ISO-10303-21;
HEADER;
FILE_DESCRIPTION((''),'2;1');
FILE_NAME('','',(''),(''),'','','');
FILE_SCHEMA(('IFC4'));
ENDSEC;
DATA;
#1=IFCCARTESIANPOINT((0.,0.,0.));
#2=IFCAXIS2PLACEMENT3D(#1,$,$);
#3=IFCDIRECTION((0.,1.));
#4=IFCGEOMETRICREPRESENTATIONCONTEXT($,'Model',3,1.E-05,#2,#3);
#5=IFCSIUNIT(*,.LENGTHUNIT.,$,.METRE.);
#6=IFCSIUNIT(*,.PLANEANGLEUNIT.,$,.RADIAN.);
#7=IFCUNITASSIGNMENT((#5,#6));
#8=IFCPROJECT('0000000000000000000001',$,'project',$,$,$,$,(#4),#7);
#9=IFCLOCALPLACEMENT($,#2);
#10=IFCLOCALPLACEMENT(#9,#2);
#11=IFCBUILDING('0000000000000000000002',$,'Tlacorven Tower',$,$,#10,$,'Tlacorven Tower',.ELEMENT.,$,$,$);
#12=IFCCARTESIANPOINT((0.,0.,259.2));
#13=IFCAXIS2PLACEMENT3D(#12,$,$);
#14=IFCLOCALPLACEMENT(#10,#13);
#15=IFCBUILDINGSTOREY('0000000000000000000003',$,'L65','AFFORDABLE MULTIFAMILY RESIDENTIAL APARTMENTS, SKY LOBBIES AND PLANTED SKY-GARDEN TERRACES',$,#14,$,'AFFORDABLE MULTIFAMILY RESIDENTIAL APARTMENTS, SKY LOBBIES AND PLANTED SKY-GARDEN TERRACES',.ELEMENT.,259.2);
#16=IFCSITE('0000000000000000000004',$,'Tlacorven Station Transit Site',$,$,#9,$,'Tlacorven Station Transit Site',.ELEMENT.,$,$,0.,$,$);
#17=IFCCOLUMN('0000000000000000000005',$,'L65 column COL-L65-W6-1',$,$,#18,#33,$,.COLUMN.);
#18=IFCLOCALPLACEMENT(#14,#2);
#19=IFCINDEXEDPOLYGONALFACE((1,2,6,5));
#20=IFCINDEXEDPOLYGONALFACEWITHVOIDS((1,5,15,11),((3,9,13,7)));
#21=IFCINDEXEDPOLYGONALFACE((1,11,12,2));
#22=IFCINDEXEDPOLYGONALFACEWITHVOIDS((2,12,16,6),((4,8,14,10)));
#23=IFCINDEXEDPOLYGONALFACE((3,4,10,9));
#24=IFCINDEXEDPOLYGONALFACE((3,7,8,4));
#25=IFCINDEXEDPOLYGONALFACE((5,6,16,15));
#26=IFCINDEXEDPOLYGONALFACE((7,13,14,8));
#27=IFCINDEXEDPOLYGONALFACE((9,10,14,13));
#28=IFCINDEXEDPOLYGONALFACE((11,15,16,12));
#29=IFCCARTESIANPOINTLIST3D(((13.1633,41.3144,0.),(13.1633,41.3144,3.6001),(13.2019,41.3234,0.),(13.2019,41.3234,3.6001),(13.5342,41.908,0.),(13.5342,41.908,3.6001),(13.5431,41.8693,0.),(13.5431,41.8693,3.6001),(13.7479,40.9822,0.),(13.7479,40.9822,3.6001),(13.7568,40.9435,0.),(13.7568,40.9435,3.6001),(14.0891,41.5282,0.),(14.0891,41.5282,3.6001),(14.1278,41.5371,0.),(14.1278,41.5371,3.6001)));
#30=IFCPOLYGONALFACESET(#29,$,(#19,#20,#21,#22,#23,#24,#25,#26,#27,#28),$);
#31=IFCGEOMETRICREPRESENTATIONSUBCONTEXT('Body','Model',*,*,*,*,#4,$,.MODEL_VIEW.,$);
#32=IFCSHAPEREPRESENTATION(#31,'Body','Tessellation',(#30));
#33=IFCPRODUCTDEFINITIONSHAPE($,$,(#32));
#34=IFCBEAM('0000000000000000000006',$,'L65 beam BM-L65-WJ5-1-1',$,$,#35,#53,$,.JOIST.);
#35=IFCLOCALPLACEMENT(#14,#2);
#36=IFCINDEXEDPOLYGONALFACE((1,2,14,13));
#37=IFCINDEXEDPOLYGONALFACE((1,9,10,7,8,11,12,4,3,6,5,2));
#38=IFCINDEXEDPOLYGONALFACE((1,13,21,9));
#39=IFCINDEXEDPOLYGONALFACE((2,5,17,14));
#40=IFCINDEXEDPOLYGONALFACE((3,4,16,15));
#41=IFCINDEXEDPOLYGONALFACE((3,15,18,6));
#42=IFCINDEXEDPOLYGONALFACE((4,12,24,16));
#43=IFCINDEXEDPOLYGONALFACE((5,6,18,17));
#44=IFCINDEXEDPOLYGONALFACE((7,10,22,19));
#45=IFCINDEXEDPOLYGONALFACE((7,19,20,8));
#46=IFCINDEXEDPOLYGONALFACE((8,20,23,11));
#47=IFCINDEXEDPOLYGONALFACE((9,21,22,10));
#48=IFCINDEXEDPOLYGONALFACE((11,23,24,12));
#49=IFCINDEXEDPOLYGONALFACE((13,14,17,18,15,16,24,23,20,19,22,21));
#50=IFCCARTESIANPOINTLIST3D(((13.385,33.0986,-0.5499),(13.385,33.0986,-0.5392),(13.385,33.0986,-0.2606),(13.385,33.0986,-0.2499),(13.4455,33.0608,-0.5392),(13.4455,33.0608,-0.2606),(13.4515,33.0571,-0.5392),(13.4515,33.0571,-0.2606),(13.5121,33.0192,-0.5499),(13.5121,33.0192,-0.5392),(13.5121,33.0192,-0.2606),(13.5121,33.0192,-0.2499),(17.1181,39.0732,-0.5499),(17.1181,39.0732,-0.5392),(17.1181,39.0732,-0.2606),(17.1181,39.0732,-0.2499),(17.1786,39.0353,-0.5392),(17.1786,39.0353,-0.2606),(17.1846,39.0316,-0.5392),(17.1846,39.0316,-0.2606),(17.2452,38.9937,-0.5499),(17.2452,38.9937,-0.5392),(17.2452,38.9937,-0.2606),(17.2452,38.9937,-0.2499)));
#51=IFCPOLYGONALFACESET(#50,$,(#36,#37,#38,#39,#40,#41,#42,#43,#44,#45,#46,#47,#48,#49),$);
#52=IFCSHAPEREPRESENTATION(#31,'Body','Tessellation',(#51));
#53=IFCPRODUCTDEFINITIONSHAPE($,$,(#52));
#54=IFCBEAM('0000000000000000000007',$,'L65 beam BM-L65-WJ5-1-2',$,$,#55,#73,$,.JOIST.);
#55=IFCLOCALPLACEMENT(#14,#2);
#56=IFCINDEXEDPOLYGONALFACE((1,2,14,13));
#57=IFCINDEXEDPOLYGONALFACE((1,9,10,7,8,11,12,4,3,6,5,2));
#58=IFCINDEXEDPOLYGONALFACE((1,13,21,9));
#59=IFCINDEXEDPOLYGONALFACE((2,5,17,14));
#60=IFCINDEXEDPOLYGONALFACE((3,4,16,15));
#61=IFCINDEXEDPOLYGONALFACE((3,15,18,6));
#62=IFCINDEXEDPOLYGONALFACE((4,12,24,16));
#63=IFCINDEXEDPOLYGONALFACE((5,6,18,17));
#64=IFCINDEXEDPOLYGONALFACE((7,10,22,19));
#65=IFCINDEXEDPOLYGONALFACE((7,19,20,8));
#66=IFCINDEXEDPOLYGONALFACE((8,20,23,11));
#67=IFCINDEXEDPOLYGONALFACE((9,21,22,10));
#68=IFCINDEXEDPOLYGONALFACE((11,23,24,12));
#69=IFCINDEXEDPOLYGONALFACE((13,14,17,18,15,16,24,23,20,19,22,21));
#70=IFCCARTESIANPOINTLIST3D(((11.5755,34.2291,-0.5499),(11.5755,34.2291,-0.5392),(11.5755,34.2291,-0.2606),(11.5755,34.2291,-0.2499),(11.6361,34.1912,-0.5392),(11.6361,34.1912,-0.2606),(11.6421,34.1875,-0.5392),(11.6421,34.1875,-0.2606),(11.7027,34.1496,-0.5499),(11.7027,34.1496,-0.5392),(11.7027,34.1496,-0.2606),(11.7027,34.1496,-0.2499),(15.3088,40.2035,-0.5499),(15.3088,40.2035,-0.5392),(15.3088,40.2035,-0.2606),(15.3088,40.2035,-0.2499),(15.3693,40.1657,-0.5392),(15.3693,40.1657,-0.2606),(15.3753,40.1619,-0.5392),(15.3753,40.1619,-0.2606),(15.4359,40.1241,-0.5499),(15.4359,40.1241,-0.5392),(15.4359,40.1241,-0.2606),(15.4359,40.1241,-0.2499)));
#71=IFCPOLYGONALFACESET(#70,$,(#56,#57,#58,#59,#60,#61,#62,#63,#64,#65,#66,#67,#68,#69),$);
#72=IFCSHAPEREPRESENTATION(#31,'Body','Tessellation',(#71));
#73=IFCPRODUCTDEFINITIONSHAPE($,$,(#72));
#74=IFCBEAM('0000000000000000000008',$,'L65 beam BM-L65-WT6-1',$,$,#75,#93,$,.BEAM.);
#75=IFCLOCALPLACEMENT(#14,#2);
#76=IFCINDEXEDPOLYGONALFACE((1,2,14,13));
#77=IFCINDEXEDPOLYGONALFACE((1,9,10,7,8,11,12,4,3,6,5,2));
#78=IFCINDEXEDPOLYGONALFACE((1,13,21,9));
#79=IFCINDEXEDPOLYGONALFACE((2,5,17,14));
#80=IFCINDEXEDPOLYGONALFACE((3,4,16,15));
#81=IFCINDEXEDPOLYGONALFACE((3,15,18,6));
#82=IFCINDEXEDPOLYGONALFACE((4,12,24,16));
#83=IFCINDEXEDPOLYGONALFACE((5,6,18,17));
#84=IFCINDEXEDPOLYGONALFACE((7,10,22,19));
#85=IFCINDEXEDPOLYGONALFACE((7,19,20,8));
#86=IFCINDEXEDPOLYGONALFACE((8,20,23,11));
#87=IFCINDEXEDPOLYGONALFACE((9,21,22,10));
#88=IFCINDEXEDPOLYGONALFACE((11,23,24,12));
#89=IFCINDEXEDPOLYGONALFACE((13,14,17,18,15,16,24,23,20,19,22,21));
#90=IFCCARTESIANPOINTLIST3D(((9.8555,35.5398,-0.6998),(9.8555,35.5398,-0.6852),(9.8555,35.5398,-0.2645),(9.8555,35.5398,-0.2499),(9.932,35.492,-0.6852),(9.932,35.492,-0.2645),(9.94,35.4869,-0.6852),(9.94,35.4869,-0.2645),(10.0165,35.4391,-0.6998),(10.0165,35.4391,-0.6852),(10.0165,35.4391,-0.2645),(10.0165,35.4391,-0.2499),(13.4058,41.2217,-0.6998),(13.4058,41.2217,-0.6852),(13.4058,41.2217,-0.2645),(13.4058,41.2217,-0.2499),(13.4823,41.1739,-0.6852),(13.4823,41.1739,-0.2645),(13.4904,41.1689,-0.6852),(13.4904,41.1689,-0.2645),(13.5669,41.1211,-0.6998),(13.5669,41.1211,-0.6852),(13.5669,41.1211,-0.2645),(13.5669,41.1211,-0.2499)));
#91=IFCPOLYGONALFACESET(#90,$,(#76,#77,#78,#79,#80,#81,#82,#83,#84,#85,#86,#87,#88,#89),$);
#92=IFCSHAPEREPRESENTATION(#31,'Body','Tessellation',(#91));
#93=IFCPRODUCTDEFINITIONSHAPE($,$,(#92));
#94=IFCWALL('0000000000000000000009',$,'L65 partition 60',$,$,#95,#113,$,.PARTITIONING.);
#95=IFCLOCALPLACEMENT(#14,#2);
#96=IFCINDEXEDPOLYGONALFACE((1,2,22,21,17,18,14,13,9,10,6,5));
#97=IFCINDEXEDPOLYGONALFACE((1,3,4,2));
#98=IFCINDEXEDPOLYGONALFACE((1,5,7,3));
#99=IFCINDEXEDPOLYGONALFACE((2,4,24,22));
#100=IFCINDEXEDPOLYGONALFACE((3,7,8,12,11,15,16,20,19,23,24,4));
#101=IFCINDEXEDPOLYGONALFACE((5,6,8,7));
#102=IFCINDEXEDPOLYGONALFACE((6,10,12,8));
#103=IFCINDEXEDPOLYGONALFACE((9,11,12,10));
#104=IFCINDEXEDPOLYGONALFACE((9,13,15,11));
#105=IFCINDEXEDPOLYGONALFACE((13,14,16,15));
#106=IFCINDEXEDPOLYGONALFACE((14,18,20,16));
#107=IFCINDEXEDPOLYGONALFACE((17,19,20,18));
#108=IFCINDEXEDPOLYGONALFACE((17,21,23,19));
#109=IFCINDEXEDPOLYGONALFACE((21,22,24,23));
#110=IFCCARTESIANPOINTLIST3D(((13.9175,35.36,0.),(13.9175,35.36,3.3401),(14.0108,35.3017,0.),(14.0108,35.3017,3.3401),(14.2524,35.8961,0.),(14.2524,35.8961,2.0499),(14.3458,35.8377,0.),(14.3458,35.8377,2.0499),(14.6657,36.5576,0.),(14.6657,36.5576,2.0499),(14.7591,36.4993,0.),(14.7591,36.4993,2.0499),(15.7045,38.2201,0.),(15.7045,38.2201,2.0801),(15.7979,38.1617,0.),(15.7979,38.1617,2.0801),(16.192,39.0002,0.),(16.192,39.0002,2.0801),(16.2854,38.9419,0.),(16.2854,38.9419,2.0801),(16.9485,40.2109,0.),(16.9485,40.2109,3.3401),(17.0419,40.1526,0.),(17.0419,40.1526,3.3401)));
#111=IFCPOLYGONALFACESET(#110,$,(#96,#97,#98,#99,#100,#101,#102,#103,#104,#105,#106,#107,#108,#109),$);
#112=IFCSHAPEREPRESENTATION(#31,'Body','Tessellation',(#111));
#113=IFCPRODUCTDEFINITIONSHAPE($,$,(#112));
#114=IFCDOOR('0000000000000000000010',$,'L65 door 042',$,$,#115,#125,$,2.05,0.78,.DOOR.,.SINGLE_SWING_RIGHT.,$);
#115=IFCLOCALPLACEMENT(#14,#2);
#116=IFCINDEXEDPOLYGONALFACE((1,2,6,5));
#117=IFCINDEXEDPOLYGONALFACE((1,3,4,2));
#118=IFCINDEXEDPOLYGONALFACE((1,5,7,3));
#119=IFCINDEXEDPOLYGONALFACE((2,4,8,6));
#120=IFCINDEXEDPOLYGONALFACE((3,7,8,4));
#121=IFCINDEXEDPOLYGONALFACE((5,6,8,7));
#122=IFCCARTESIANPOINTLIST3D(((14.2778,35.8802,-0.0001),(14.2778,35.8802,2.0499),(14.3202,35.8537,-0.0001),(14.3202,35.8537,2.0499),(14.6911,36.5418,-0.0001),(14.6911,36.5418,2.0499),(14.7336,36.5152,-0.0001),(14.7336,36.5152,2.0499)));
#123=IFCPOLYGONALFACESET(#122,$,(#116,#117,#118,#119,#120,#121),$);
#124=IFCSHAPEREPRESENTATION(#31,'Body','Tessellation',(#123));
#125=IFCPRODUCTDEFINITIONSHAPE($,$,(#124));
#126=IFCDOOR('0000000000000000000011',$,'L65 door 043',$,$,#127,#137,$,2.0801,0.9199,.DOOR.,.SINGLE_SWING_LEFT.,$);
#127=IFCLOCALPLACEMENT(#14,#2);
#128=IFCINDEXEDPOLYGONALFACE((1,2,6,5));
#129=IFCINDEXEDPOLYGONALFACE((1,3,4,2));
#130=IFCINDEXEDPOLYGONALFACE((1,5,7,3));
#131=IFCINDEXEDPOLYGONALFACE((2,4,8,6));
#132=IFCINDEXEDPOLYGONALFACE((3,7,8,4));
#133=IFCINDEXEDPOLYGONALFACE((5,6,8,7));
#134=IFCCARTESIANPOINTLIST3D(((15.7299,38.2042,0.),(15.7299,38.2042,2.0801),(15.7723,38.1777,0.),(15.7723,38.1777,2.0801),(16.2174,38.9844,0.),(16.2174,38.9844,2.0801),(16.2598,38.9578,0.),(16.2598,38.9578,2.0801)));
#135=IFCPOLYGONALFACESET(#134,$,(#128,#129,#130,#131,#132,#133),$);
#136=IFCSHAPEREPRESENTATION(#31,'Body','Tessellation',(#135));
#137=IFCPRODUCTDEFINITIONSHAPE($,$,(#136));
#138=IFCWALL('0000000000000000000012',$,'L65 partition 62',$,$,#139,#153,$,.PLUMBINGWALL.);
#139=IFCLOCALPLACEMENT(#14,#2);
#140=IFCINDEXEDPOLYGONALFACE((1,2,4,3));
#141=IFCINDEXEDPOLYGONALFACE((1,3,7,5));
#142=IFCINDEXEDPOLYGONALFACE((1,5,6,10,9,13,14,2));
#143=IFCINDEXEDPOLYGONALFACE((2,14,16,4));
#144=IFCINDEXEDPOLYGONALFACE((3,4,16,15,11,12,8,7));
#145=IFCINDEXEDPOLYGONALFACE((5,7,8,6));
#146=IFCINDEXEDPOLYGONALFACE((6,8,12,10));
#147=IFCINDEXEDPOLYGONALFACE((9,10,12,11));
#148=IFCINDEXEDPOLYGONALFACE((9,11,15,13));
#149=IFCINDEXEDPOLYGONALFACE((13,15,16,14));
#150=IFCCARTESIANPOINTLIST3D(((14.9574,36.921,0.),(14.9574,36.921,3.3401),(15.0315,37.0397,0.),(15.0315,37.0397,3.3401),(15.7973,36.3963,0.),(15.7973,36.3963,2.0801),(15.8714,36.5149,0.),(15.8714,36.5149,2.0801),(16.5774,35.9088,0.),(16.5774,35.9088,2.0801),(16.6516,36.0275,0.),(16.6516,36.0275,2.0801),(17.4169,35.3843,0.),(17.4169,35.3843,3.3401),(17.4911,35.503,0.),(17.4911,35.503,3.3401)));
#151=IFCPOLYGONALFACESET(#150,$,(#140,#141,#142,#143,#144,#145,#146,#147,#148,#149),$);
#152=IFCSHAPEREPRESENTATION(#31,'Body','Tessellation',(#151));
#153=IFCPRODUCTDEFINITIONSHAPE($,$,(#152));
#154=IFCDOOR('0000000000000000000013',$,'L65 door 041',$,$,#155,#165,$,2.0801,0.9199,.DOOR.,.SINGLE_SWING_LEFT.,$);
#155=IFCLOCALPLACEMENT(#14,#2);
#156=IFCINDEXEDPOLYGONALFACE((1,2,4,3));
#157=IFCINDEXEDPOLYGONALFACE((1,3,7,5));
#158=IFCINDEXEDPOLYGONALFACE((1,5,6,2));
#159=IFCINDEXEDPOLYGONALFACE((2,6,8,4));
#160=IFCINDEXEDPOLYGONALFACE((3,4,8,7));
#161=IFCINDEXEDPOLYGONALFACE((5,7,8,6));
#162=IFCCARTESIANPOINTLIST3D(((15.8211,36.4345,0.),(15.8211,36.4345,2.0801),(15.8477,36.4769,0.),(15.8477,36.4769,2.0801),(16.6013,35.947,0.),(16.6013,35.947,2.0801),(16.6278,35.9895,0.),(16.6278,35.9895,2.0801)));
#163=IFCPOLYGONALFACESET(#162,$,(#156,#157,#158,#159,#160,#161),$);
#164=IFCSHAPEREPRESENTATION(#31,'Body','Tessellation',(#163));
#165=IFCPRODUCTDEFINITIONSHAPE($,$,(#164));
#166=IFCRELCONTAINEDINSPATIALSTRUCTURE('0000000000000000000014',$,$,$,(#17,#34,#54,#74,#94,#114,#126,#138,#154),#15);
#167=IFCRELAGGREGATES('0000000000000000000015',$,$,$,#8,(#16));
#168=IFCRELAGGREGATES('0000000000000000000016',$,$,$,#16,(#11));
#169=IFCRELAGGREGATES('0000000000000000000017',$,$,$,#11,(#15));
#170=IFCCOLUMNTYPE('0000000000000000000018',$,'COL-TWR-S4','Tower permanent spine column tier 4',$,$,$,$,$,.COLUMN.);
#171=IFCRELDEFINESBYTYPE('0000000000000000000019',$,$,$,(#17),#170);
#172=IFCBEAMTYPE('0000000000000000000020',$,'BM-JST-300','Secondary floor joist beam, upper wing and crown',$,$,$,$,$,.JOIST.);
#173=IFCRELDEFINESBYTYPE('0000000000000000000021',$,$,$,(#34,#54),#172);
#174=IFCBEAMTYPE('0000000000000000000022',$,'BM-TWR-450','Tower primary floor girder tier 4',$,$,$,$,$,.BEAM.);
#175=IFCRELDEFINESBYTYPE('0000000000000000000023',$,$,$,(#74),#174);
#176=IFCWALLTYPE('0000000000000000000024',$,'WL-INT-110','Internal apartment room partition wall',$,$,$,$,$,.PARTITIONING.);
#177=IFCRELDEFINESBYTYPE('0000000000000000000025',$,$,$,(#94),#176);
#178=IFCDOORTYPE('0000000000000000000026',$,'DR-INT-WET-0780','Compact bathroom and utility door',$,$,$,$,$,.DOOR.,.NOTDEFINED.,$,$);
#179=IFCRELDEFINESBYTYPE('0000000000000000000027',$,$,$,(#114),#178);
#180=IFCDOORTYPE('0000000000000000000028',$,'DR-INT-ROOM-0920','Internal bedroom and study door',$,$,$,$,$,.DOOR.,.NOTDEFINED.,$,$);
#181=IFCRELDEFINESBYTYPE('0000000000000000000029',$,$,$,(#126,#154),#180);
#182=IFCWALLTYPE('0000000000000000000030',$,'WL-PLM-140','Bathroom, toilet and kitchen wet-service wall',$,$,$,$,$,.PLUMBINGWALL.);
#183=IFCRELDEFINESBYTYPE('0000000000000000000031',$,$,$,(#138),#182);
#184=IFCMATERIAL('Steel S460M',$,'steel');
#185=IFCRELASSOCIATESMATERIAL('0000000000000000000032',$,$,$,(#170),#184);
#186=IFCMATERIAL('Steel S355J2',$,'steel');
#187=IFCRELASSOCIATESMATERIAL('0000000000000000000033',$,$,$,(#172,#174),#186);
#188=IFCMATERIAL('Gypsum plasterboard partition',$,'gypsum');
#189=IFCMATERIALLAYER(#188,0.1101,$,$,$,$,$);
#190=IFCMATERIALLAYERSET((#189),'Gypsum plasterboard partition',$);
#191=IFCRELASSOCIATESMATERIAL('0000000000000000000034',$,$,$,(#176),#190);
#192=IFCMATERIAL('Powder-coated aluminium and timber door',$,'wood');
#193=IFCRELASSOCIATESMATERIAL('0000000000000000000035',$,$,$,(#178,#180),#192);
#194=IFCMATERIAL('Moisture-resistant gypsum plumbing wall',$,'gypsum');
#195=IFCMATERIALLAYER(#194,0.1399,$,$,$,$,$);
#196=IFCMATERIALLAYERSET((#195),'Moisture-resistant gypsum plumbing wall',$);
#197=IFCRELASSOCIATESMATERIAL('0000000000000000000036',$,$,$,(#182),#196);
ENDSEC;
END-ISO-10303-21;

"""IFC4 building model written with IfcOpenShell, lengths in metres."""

from ifc_helpers import new_model, si_unit, direction, frame, frame_2d, origin, origin_2d, place, context, subcontext, project, spatial, rectangle, hollow_rectangle, i_section, extrude, source, transform, mapped, material, layer, layer_set, material_profile, profile_set, type_object, element, fill, save


model = new_model("IFC4")

# Units and contexts
model_context = context("Model", 3, precision=1e-05, world=origin(), true_north=direction((0.0, 1.0)))
body_context = subcontext(model_context, "Body", "Model", "MODEL_VIEW")
ifc_project = project(units=[si_unit("LENGTHUNIT", "METRE"), si_unit("PLANEANGLEUNIT", "RADIAN")], contexts=[model_context])

# Site, building, storey
site_placement = place(None, origin())
site = spatial("IfcSite", under=ifc_project, at=site_placement, Name="Tlacorven Station Transit Site", LongName="Tlacorven Station Transit Site", CompositionType="ELEMENT", RefElevation=0.0)
building_placement = place(site_placement, origin())
building = spatial("IfcBuilding", under=site, at=building_placement, Name="Tlacorven Tower", LongName="Tlacorven Tower", CompositionType="ELEMENT")
storey_placement = place(building_placement, frame((0.0, 0.0, 259.2)))
storey = spatial("IfcBuildingStorey", under=building, at=storey_placement, Name="L65", Description="AFFORDABLE MULTIFAMILY RESIDENTIAL APARTMENTS, SKY LOBBIES AND PLANTED SKY-GARDEN TERRACES", LongName="AFFORDABLE MULTIFAMILY RESIDENTIAL APARTMENTS, SKY LOBBIES AND PLANTED SKY-GARDEN TERRACES", CompositionType="ELEMENT", Elevation=259.2)

# Column
ifc_material_1 = material(Name="Steel S460M", Category="steel")
ifc_material_profile_1 = material_profile(ifc_material_1, hollow_rectangle(XDim=0.7, YDim=0.7, WallThickness=0.0281, at=origin_2d()), Name="BOX 700X700X28")
ifc_profile_set_1 = profile_set([ifc_material_profile_1], Name="Steel S460M")
column_type = type_object("IfcColumnType", Name="COL-TWR-S4", Description="Tower permanent spine column tier 4", PredefinedType="COLUMN", material=ifc_profile_set_1)
shared_shape_1 = source(origin(), body_context, "Body", "SweptSolid", [
    extrude(hollow_rectangle(XDim=0.7, YDim=0.7, WallThickness=0.0281, at=origin_2d()), origin(), (0.0, 0.0, 1.0), 3.6001),
])
column_placement = place(storey_placement, frame((13.6455, 41.4258, 0.0), z_axis=(0.0, 0.0, 1.0), x_axis=(-0.848048, 0.529919, 0.0)))
element("IfcColumn", 1, at=column_placement, inside=storey, type_object=column_type, Name="L65 column COL-L65-W6-1", PredefinedType="COLUMN", context=body_context, shape_type="MappedRepresentation", body=[
    mapped(shared_shape_1, transform((0.0, 0.0, 0.0), scale=1.0)),
])

# Beams
ifc_material_2 = material(Name="Steel S355J2", Category="steel")
ifc_material_profile_2 = material_profile(ifc_material_2, i_section(OverallWidth=0.1499, OverallDepth=0.3, WebThickness=0.0071, FlangeThickness=0.0107, at=origin_2d()), Name="IPE 300")
ifc_profile_set_2 = profile_set([ifc_material_profile_2], Name="Steel S355J2")
beam_type_1 = type_object("IfcBeamType", Name="BM-JST-300", Description="Secondary floor joist beam, upper wing and crown", PredefinedType="JOIST", material=ifc_profile_set_2)
shared_shape_2 = source(origin(), body_context, "Body", "SweptSolid", [
    extrude(i_section(OverallWidth=0.1499, OverallDepth=0.3, WebThickness=0.0071, FlangeThickness=0.0107, at=origin_2d()), origin(), (0.0, 0.0, 1.0), 7.0449),
])
for number, where, z_axis, x_axis, name in (
    (2, (17.1816, 39.0334, -0.3999), (-0.529899, -0.848061, 0.0), (0.848061, -0.529899, 0.0), "L65 beam BM-L65-WJ5-1-1"),
    (3, (15.3723, 40.1638, -0.3999), (-0.529915, -0.848051, 0.0), (0.848051, -0.529915, 0.0), "L65 beam BM-L65-WJ5-1-2"),
):
    element("IfcBeam", number, at=place(storey_placement, frame(where, z_axis=z_axis, x_axis=x_axis)), inside=storey, type_object=beam_type_1, Name=name, PredefinedType="JOIST", context=body_context, shape_type="MappedRepresentation", body=[
        mapped(shared_shape_2, transform((0.0, 0.0, 0.0), scale=1.0)),
    ])
ifc_material_profile_3 = material_profile(ifc_material_2, i_section(OverallWidth=0.1899, OverallDepth=0.45, WebThickness=0.0095, FlangeThickness=0.0146, at=origin_2d()), Name="IPE 450")
ifc_profile_set_3 = profile_set([ifc_material_profile_3], Name="Steel S355J2")
beam_type_2 = type_object("IfcBeamType", Name="BM-TWR-450", Description="Tower primary floor girder tier 4", PredefinedType="BEAM", material=ifc_profile_set_3)
shared_shape_3 = source(origin(), body_context, "Body", "SweptSolid", [
    extrude(i_section(OverallWidth=0.1899, OverallDepth=0.45, WebThickness=0.0095, FlangeThickness=0.0146, at=origin_2d()), origin(), (0.0, 0.0, 1.0), 6.7),
])
beam_placement = place(storey_placement, frame((13.4863, 41.1714, -0.4749), z_axis=(-0.529904, -0.848058, 0.0), x_axis=(0.848058, -0.529904, 0.0)))
element("IfcBeam", 4, at=beam_placement, inside=storey, type_object=beam_type_2, Name="L65 beam BM-L65-WT6-1", PredefinedType="BEAM", context=body_context, shape_type="MappedRepresentation", body=[
    mapped(shared_shape_3, transform((0.0, 0.0, 0.0), scale=1.0)),
])

# Shared definitions
ifc_material_3 = material(Name="Powder-coated aluminium and timber door", Category="wood")

# Wall, openings, doors
ifc_material_4 = material(Name="Gypsum plasterboard partition", Category="gypsum")
ifc_layer_1 = layer(ifc_material_4, 0.1101)
ifc_layer_set_1 = layer_set([ifc_layer_1], Name="Gypsum plasterboard partition")
wall_type_1 = type_object("IfcWallType", Name="WL-INT-110", Description="Internal apartment room partition wall", PredefinedType="PARTITIONING", material=ifc_layer_set_1)
wall_1_placement = place(storey_placement, frame((16.9951, 40.1816, 0.0), z_axis=(0.0, 0.0, 1.0), x_axis=(-0.529903, -0.848058, 0.0)))
wall_1 = element("IfcWall", 5, at=wall_1_placement, inside=storey, type_object=wall_type_1, Name="L65 partition 60", PredefinedType="PARTITIONING", context=body_context, shape_type="SweptSolid", body=[
    extrude(rectangle(XDim=5.72, YDim=0.1101, at=frame_2d((2.8599, 0.0))), origin(), (0.0, 0.0, 1.0), 3.3401),
])
opening_1_placement = place(wall_1_placement, frame((4.3076, 0.0, 0.0)))
opening_1 = element("IfcOpeningElement", 6, at=opening_1_placement, cuts=wall_1, PredefinedType="OPENING", context=body_context, shape_type="SweptSolid", body=[
    extrude(rectangle(XDim=0.78, YDim=2.05, at=frame_2d((0.3901, 1.0249))), frame((0.0, 0.0649, 0.0), z_axis=(0.0, -1.0, 0.0), x_axis=(1.0, 0.0, 0.0)), (0.0, 0.0, 1.0), 0.1301),
])
opening_2_placement = place(wall_1_placement, frame((1.4275, 0.0, 0.0)))
opening_2 = element("IfcOpeningElement", 7, at=opening_2_placement, cuts=wall_1, PredefinedType="OPENING", context=body_context, shape_type="SweptSolid", body=[
    extrude(rectangle(XDim=0.9199, YDim=2.0801, at=frame_2d((0.46, 1.04))), frame((0.0, 0.0649, 0.0), z_axis=(0.0, -1.0, 0.0), x_axis=(1.0, 0.0, 0.0)), (0.0, 0.0, 1.0), 0.1301),
])
door_type_1 = type_object("IfcDoorType", Name="DR-INT-WET-0780", Description="Compact bathroom and utility door", OperationType="NOTDEFINED", PredefinedType="DOOR", material=ifc_material_3)
shared_shape_4 = source(origin(), body_context, "Body", "SweptSolid", [
    extrude(rectangle(XDim=0.78, YDim=2.05, at=frame_2d((0.3901, 1.0249))), frame((0.0, 0.0249, 0.0), z_axis=(0.0, -1.0, 0.0), x_axis=(1.0, 0.0, 0.0)), (0.0, 0.0, 1.0), 0.05),
])
door_1_placement = place(opening_1_placement, origin())
door_1 = element("IfcDoor", 8, at=door_1_placement, inside=storey, type_object=door_type_1, Name="L65 door 042", OperationType="SINGLE_SWING_RIGHT", OverallHeight=2.05, OverallWidth=0.78, PredefinedType="DOOR", context=body_context, shape_type="MappedRepresentation", body=[
    mapped(shared_shape_4, transform((0.0, 0.0, 0.0), scale=1.0)),
])
fill(opening_1, door_1)
door_type_2 = type_object("IfcDoorType", Name="DR-INT-ROOM-0920", Description="Internal bedroom and study door", OperationType="NOTDEFINED", PredefinedType="DOOR", material=ifc_material_3)
shared_shape_5 = source(origin(), body_context, "Body", "SweptSolid", [
    extrude(rectangle(XDim=0.9199, YDim=2.0801, at=frame_2d((0.46, 1.04))), frame((0.0, 0.0249, 0.0), z_axis=(0.0, -1.0, 0.0), x_axis=(1.0, 0.0, 0.0)), (0.0, 0.0, 1.0), 0.05),
])
door_2_placement = place(opening_2_placement, origin())
door_2 = element("IfcDoor", 9, at=door_2_placement, inside=storey, type_object=door_type_2, Name="L65 door 043", OperationType="SINGLE_SWING_LEFT", OverallHeight=2.0801, OverallWidth=0.9199, PredefinedType="DOOR", context=body_context, shape_type="MappedRepresentation", body=[
    mapped(shared_shape_5, transform((0.0, 0.0, 0.0), scale=1.0)),
])
fill(opening_2, door_2)

# Wall, opening, door
ifc_material_5 = material(Name="Moisture-resistant gypsum plumbing wall", Category="gypsum")
ifc_layer_2 = layer(ifc_material_5, 0.1399)
ifc_layer_set_2 = layer_set([ifc_layer_2], Name="Moisture-resistant gypsum plumbing wall")
wall_type_2 = type_object("IfcWallType", Name="WL-PLM-140", Description="Bathroom, toilet and kitchen wet-service wall", PredefinedType="PLUMBINGWALL", material=ifc_layer_set_2)
wall_2_placement = place(storey_placement, frame((17.4541, 35.4436, 0.0), z_axis=(0.0, 0.0, 1.0), x_axis=(-0.848083, 0.529863, 0.0)))
wall_2 = element("IfcWall", 10, at=wall_2_placement, inside=storey, type_object=wall_type_2, Name="L65 partition 62", PredefinedType="PLUMBINGWALL", context=body_context, shape_type="SweptSolid", body=[
    extrude(rectangle(XDim=2.9001, YDim=0.1399, at=frame_2d((1.4502, 0.0))), origin(), (0.0, 0.0, 1.0), 3.3401),
])
opening_3_placement = place(wall_2_placement, frame((0.99, 0.0, 0.0)))
opening_3 = element("IfcOpeningElement", 11, at=opening_3_placement, cuts=wall_2, PredefinedType="OPENING", context=body_context, shape_type="SweptSolid", body=[
    extrude(rectangle(XDim=0.9199, YDim=2.0801, at=frame_2d((0.46, 1.04))), frame((0.0, 0.0801, 0.0), z_axis=(0.0, -1.0, 0.0), x_axis=(1.0, 0.0, 0.0)), (0.0, 0.0, 1.0), 0.1599),
])
door_3_placement = place(opening_3_placement, origin())
door_3 = element("IfcDoor", 12, at=door_3_placement, inside=storey, type_object=door_type_2, Name="L65 door 041", OperationType="SINGLE_SWING_LEFT", OverallHeight=2.0801, OverallWidth=0.9199, PredefinedType="DOOR", context=body_context, shape_type="MappedRepresentation", body=[
    mapped(shared_shape_5, transform((0.0, 0.0, 0.0), scale=1.0)),
])
fill(opening_3, door_3)

save(model, "model.ifc")
